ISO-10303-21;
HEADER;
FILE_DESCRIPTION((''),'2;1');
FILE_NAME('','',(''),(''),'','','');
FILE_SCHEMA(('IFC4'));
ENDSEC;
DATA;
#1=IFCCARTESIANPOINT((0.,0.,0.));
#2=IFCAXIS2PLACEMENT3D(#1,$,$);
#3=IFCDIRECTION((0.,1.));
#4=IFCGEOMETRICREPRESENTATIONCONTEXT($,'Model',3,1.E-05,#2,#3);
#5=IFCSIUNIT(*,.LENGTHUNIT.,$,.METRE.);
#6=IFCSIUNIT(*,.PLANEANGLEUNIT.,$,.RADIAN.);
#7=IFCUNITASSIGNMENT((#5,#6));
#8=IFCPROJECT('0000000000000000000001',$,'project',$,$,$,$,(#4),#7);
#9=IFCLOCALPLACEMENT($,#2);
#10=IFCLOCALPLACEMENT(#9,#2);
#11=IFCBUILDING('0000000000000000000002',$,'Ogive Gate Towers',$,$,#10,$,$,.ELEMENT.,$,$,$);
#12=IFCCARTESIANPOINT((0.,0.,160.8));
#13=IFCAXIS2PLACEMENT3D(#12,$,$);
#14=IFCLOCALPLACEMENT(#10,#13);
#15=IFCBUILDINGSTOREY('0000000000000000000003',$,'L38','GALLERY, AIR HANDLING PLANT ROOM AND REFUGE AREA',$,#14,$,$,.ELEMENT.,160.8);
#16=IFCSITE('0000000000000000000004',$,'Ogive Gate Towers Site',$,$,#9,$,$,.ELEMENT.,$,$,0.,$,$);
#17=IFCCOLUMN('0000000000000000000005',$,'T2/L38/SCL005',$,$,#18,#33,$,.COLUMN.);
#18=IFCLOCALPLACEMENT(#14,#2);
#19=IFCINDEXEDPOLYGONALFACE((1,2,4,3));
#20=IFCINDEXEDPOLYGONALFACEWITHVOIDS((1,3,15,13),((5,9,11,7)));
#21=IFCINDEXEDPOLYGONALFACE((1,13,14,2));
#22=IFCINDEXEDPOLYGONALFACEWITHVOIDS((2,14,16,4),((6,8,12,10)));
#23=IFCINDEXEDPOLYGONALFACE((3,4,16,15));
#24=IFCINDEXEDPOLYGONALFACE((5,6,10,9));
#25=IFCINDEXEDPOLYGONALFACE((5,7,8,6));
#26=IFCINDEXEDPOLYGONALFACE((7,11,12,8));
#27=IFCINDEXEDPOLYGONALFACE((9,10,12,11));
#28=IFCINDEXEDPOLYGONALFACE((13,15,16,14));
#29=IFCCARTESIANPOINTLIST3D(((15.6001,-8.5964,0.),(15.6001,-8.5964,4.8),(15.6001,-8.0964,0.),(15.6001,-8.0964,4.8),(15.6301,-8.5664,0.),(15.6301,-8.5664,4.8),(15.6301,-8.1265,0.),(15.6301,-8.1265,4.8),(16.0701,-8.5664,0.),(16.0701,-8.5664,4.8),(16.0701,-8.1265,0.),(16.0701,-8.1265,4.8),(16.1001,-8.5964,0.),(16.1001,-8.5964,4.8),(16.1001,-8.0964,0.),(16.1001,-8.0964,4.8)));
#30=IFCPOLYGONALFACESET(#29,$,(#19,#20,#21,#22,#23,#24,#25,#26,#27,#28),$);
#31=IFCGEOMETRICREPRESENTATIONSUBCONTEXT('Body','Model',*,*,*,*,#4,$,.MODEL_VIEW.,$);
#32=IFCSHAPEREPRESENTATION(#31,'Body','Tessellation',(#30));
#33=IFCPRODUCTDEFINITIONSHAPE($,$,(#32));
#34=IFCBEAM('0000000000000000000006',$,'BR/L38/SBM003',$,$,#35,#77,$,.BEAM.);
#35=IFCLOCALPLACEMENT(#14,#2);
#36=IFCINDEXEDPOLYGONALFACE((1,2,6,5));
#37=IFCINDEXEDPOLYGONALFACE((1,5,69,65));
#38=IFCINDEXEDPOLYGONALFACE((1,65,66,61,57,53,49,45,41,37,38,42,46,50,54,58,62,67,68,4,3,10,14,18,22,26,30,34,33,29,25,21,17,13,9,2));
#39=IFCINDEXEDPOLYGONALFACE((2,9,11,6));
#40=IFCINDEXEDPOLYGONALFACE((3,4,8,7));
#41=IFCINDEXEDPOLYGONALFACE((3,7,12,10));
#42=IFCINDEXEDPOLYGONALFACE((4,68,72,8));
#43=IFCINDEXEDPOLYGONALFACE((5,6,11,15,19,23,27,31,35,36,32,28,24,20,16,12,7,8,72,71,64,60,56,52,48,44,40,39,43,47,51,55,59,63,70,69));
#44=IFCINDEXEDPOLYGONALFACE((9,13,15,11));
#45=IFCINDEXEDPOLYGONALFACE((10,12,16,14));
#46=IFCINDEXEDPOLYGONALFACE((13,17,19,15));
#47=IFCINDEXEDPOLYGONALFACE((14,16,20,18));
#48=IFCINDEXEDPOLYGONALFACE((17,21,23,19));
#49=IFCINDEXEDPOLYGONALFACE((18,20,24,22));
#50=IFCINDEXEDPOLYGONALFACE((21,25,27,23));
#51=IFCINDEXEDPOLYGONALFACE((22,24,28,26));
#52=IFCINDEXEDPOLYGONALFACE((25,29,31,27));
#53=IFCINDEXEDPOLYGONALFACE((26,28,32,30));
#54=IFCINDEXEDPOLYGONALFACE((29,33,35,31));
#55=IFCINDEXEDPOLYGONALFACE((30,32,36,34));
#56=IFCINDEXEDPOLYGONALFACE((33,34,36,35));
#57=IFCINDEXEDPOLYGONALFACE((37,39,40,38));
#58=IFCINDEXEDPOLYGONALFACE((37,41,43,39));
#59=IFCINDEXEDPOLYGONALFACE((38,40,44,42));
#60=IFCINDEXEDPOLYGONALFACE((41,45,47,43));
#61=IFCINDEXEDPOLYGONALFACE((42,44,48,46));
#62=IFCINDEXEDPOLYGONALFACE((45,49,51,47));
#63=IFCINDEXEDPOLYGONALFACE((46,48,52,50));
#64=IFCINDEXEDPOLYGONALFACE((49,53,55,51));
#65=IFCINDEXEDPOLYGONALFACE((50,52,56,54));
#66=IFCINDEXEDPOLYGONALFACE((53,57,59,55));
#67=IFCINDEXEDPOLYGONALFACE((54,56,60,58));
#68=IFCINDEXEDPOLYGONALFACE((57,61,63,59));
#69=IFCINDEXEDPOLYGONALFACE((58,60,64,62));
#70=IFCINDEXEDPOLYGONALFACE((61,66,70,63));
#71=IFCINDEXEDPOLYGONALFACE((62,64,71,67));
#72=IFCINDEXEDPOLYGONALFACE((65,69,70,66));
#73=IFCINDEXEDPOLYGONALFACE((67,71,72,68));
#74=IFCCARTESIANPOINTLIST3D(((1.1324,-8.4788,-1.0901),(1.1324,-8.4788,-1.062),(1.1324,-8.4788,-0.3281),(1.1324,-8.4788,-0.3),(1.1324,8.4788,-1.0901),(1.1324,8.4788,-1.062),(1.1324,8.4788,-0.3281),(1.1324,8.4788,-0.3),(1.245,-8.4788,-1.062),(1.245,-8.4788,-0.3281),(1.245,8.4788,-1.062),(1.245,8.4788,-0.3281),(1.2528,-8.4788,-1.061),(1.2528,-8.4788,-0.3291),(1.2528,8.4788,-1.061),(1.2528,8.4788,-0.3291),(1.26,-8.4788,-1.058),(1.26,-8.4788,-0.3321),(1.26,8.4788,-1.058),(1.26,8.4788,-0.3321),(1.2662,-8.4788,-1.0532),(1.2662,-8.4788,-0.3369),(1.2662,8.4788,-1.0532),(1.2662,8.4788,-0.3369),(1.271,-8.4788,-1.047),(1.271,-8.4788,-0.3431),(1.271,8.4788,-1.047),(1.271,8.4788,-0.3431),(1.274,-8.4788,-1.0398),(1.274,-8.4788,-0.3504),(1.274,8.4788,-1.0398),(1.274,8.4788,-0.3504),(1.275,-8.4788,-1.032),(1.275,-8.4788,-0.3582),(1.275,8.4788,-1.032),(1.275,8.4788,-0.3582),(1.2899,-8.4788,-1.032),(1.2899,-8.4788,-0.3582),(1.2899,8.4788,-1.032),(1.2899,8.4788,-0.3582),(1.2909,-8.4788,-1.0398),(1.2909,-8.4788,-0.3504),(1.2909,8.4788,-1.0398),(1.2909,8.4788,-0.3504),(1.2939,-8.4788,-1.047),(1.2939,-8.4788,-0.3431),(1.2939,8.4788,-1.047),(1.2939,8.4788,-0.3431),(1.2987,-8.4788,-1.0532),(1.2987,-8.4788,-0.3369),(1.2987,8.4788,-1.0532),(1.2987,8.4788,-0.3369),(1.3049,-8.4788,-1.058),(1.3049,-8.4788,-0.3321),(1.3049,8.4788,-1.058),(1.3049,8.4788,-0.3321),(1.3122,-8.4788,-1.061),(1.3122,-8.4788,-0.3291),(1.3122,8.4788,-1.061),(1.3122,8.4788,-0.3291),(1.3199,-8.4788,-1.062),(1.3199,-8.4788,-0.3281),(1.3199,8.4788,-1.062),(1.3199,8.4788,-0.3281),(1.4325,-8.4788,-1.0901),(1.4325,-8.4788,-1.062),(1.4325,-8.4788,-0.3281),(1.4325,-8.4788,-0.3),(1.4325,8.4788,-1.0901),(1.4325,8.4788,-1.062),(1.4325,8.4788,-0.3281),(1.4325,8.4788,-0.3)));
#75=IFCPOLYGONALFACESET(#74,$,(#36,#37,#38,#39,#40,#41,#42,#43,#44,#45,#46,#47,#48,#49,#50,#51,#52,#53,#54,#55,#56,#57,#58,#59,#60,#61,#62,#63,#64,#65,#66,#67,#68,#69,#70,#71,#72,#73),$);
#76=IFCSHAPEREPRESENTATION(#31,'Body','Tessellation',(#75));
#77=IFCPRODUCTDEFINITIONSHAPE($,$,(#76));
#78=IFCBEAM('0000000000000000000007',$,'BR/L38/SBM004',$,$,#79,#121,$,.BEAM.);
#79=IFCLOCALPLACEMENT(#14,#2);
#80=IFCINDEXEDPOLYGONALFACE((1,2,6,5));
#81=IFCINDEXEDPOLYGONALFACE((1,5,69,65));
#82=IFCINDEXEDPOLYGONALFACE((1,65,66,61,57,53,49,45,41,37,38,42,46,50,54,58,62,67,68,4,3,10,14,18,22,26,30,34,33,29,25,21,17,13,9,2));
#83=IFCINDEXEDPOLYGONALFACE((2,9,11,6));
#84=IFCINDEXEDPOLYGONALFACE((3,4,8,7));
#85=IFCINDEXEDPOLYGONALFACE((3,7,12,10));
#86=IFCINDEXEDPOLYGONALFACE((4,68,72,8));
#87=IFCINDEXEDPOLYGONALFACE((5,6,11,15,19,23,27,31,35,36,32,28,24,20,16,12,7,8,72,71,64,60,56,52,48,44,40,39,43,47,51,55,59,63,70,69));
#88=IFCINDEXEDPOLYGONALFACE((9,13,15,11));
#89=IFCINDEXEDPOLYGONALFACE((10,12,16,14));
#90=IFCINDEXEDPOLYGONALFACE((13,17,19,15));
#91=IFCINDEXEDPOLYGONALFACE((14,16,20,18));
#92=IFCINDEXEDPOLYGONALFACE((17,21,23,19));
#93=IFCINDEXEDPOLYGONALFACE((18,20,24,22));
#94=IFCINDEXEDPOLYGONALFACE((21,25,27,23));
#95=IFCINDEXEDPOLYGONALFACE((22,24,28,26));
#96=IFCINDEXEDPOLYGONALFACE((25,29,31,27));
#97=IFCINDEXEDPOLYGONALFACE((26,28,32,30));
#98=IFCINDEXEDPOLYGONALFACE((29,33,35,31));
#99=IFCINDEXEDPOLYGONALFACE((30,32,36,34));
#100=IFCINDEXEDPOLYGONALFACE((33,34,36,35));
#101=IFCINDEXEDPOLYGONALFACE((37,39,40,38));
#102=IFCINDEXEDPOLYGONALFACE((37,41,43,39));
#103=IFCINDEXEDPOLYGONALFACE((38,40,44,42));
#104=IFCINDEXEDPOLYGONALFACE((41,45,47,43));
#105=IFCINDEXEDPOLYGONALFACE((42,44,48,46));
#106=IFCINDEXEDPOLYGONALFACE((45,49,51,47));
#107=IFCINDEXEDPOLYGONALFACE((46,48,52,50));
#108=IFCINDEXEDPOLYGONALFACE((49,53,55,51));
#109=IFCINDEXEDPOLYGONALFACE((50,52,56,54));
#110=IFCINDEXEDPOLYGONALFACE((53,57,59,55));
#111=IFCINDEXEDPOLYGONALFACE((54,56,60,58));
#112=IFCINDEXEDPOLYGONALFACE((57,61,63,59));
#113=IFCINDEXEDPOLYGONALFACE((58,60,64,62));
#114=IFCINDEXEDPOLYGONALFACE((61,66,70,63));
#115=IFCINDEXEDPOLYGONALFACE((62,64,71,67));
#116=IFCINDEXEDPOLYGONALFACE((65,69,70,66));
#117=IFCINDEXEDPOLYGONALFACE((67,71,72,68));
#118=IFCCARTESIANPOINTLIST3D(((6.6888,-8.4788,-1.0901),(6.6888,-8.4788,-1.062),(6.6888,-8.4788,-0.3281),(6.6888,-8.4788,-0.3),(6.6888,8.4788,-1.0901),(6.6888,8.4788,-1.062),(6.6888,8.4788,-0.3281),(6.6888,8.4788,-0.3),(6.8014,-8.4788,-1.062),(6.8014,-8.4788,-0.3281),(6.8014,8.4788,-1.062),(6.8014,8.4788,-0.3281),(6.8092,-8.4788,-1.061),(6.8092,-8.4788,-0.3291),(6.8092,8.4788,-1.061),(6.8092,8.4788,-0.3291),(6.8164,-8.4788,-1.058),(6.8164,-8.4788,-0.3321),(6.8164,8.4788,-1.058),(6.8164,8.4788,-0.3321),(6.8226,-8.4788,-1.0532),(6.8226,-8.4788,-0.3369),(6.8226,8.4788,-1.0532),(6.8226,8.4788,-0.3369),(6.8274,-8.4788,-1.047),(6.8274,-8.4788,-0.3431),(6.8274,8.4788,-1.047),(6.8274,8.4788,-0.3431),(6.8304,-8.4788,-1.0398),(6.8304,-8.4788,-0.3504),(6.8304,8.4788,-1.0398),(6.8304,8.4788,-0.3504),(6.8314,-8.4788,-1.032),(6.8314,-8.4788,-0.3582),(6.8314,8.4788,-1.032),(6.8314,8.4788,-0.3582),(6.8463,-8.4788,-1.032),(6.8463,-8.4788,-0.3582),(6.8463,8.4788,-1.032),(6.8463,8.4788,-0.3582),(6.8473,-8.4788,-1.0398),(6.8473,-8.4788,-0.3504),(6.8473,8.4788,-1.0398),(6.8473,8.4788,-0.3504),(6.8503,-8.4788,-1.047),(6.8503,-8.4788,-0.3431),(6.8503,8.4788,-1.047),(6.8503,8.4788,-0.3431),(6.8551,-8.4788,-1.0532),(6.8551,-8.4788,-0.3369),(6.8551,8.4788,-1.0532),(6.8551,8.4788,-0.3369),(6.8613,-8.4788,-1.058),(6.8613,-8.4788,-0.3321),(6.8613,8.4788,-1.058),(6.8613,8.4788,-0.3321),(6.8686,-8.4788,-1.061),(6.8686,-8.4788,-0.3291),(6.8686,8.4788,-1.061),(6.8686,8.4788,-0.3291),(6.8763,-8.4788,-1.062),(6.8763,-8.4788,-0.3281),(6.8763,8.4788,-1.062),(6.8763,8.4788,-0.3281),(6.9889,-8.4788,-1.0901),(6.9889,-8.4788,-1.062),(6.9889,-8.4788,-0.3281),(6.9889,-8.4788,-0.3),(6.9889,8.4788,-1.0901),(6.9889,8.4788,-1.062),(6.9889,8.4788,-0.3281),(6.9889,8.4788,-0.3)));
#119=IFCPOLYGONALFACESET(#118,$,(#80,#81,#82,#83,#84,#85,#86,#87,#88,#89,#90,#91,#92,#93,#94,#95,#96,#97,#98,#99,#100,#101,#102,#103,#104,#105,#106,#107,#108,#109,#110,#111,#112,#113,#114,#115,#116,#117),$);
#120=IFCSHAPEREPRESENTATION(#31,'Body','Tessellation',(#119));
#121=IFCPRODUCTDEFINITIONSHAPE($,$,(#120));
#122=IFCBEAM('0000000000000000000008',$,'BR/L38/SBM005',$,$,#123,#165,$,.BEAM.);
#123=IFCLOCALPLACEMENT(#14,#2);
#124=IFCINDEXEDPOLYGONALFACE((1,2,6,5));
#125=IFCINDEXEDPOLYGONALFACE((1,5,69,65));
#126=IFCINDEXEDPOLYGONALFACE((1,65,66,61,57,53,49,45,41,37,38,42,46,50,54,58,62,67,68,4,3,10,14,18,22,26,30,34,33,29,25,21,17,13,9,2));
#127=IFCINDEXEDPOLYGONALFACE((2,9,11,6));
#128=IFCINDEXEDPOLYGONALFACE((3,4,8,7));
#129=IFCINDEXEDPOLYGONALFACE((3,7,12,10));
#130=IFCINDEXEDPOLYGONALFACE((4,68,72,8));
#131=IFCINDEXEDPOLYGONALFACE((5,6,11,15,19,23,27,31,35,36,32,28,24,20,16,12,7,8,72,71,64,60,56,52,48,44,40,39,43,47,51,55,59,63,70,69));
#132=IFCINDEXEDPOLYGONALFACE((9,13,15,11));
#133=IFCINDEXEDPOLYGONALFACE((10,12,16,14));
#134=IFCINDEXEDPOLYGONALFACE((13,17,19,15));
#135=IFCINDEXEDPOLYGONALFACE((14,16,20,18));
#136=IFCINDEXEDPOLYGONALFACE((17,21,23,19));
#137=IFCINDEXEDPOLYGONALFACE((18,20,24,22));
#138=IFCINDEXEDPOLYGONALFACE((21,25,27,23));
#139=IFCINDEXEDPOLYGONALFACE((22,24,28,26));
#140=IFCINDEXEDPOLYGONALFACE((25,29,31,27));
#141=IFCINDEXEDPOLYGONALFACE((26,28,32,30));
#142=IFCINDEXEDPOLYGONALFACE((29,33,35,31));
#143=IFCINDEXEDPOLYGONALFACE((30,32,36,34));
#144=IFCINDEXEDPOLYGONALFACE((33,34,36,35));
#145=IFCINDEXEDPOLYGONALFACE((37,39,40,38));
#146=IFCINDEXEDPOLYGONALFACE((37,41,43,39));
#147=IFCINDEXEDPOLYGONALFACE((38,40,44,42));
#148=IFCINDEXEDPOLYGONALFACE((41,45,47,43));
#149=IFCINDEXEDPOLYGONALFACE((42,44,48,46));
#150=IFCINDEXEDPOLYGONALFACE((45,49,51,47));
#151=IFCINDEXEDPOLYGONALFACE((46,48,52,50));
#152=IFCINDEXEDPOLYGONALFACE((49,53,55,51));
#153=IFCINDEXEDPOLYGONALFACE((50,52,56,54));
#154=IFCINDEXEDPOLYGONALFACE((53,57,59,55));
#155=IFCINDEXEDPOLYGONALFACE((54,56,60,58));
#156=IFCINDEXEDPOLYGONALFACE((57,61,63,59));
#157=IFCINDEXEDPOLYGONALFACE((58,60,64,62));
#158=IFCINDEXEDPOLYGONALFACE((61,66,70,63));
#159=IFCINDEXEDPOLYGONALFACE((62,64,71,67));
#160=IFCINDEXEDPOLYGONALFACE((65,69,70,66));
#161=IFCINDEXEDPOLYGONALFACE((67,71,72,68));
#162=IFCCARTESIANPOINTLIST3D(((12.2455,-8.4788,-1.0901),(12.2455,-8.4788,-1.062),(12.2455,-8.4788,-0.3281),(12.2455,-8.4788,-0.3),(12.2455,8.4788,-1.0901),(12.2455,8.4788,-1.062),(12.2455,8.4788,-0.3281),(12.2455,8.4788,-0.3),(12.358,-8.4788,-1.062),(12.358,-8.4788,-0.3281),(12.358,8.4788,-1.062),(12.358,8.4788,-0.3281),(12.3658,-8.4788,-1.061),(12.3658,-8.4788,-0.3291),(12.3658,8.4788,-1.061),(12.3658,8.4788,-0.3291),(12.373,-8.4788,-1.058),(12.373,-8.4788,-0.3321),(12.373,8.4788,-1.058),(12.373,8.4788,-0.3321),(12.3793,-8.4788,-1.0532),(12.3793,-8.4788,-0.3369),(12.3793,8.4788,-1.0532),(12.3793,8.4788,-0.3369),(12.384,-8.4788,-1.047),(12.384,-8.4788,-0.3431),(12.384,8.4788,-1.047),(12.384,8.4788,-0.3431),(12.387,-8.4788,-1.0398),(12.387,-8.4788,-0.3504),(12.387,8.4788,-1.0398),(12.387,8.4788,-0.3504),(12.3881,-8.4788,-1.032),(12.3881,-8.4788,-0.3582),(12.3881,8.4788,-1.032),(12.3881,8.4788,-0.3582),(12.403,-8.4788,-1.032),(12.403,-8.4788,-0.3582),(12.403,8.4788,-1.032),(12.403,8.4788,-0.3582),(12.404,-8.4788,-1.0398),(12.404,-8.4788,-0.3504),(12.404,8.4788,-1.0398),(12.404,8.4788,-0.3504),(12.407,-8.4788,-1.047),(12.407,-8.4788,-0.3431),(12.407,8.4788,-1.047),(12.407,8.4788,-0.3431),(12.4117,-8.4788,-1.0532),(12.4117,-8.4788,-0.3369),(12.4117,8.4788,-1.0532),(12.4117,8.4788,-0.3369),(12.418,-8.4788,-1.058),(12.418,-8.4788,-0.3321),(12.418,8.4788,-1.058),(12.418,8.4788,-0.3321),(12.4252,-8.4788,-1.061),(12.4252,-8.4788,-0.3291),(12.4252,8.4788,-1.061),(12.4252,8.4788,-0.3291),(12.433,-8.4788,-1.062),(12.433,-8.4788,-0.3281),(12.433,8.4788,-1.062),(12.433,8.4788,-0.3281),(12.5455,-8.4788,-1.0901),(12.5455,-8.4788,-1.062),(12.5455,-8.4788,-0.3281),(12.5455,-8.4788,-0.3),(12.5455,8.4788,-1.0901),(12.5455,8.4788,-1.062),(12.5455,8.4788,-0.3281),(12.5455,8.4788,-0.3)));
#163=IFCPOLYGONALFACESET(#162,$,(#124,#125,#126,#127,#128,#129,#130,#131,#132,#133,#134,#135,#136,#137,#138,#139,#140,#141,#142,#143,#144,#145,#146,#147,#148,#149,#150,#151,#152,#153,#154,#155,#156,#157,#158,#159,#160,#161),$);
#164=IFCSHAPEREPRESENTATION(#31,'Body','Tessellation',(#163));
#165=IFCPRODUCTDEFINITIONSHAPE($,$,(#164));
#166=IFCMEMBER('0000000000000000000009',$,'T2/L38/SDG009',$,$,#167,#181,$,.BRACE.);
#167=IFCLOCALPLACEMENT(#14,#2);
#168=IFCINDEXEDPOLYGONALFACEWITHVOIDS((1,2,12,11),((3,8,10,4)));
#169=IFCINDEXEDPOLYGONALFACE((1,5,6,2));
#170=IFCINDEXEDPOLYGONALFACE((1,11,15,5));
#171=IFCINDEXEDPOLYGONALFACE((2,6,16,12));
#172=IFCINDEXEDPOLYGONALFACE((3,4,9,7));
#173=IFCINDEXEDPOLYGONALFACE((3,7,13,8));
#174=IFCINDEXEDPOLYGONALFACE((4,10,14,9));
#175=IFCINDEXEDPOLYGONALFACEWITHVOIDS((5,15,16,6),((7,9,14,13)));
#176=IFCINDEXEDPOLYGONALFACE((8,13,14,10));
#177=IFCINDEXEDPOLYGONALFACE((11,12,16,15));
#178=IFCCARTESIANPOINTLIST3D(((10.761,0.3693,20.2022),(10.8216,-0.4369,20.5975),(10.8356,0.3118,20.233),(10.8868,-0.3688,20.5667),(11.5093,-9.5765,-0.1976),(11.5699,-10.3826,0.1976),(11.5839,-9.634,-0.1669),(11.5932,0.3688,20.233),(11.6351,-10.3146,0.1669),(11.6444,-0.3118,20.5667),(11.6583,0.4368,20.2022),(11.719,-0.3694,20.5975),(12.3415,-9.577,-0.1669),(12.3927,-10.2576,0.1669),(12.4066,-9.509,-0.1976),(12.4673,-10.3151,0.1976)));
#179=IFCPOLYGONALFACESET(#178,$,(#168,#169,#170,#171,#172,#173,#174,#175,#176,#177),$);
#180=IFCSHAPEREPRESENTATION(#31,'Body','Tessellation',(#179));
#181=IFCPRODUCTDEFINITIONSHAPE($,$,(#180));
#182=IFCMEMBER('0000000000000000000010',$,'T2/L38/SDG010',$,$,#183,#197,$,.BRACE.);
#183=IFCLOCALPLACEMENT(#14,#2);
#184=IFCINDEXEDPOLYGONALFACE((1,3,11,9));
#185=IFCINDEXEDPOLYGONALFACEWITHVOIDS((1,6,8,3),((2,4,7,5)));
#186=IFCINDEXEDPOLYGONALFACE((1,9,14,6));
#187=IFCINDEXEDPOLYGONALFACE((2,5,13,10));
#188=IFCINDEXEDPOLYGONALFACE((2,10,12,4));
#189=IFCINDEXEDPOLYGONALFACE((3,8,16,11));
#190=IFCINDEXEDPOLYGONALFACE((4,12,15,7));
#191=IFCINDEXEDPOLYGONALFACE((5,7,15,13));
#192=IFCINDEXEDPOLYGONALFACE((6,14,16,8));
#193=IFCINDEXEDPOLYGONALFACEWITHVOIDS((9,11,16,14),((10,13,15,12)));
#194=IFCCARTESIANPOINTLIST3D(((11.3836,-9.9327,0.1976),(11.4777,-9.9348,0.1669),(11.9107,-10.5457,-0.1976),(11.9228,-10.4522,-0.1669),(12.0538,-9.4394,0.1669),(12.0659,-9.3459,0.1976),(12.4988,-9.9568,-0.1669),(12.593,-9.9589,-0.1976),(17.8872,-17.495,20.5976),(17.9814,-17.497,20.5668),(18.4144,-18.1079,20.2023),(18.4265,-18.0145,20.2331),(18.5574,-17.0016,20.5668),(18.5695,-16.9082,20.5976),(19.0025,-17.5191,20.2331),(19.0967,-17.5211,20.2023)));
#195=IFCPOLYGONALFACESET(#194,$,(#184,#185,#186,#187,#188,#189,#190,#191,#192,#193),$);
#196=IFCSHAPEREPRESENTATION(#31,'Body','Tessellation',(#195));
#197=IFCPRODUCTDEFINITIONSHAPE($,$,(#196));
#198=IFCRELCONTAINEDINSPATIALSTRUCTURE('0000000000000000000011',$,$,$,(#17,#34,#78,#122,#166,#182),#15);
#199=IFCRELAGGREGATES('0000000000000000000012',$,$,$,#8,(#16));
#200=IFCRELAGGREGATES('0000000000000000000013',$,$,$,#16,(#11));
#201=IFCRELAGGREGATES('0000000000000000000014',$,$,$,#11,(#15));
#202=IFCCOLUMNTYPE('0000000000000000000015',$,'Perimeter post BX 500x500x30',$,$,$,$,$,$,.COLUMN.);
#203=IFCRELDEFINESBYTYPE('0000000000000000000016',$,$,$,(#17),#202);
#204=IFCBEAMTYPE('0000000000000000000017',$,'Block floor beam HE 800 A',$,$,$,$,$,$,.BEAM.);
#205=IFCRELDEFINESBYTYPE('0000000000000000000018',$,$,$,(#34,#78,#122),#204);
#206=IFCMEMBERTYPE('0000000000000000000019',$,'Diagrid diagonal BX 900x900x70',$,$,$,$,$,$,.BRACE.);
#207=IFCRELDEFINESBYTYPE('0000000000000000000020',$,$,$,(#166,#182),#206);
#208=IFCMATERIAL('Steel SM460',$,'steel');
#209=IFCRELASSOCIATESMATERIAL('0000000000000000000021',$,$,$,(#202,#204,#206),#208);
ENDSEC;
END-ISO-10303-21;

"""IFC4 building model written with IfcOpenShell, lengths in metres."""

from ifc_helpers import new_model, si_unit, direction, frame, origin, origin_2d, place, context, subcontext, project, spatial, hollow_rectangle, i_section, extrude, material, material_profile, profile_set, type_object, element, save


model = new_model("IFC4")

# Units and contexts
model_context = context("Model", 3, precision=1e-05, world=origin(), true_north=direction((0.0, 1.0)))
body_context = subcontext(model_context, "Body", "Model", "MODEL_VIEW")
ifc_project = project(units=[si_unit("LENGTHUNIT", "METRE"), si_unit("PLANEANGLEUNIT", "RADIAN")], contexts=[model_context])

# Site, building, storey
site_placement = place(None, origin())
site = spatial("IfcSite", under=ifc_project, at=site_placement, Name="Ogive Gate Towers Site", CompositionType="ELEMENT", RefElevation=0.0)
building_placement = place(site_placement, origin())
building = spatial("IfcBuilding", under=site, at=building_placement, Name="Ogive Gate Towers", CompositionType="ELEMENT")
storey_placement = place(building_placement, frame((0.0, 0.0, 160.8)))
storey = spatial("IfcBuildingStorey", under=building, at=storey_placement, Name="L38", Description="GALLERY, AIR HANDLING PLANT ROOM AND REFUGE AREA", CompositionType="ELEMENT", Elevation=160.8)

# Column
ifc_material_1 = material(Name="Steel SM460", Category="steel")
ifc_material_profile_1 = material_profile(ifc_material_1, hollow_rectangle(XDim=0.5, YDim=0.5, WallThickness=0.03, at=origin_2d()), Name="BX 500x500x30")
ifc_profile_set_1 = profile_set([ifc_material_profile_1], Name="Steel SM460")
column_type = type_object("IfcColumnType", Name="Perimeter post BX 500x500x30", PredefinedType="COLUMN", material=ifc_profile_set_1)
column_placement = place(storey_placement, frame((15.8501, -8.3464, 0.0), z_axis=(0.0, 0.0, 1.0), x_axis=(1.0, 0.0, 0.0)))
element("IfcColumn", 1, at=column_placement, inside=storey, type_object=column_type, Name="T2/L38/SCL005", PredefinedType="COLUMN", context=body_context, shape_type="SweptSolid", body=[
    extrude(hollow_rectangle(XDim=0.5, YDim=0.5, WallThickness=0.03, at=origin_2d()), origin(), (0.0, 0.0, 1.0), 4.8),
])

# Beams
ifc_material_profile_2 = material_profile(ifc_material_1, i_section(OverallWidth=0.3, OverallDepth=0.79, WebThickness=0.0149, FlangeThickness=0.0281, FilletRadius=0.03, at=origin_2d()), Name="HE 800 A")
ifc_profile_set_2 = profile_set([ifc_material_profile_2], Name="Steel SM460")
beam_type_1 = type_object("IfcBeamType", Name="Block floor beam HE 800 A", PredefinedType="BEAM", material=ifc_profile_set_2)
for number, where, z_axis, x_axis, name in (
    (2, (1.2825, -8.4788, -0.6951), (0.0, 1.0, 0.0), (-1.0, 0.0, 0.0), "BR/L38/SBM003"),
    (3, (6.8389, -8.4788, -0.6951), (0.0, 1.0, 0.0), (-1.0, 0.0, 0.0), "BR/L38/SBM004"),
    (4, (12.3955, -8.4788, -0.6951), (0.0, 1.0, 0.0), (-1.0, 0.0, 0.0), "BR/L38/SBM005"),
):
    element("IfcBeam", number, at=place(storey_placement, frame(where, z_axis=z_axis, x_axis=x_axis)), inside=storey, type_object=beam_type_1, Name=name, PredefinedType="BEAM", context=body_context, shape_type="SweptSolid", body=[
        extrude(i_section(OverallWidth=0.3, OverallDepth=0.79, WebThickness=0.0149, FlangeThickness=0.0281, FilletRadius=0.03, at=origin_2d()), origin(), (0.0, 0.0, 1.0), 16.9575),
    ])

# Members
ifc_material_profile_3 = material_profile(ifc_material_1, hollow_rectangle(XDim=0.8999, YDim=0.8999, WallThickness=0.0701, at=origin_2d()), Name="BX 900x900x70")
ifc_profile_set_3 = profile_set([ifc_material_profile_3], Name="Steel SM460")
member_type_1 = type_object("IfcMemberType", Name="Diagrid diagonal BX 900x900x70", PredefinedType="BRACE", material=ifc_profile_set_3)
member_1_placement = place(storey_placement, frame((11.9883, -9.9458, 0.0), z_axis=(-0.032953, 0.437994, 0.898374), x_axis=(-0.997182, -0.075025, 0.0)))
element("IfcMember", 5, at=member_1_placement, inside=storey, type_object=member_type_1, Name="T2/L38/SDG009", PredefinedType="BRACE", context=body_context, shape_type="SweptSolid", body=[
    extrude(hollow_rectangle(XDim=0.8999, YDim=0.8999, WallThickness=0.0701, at=origin_2d()), origin(), (0.0, 0.0, 1.0), 22.7075),
])
member_2_placement = place(storey_placement, frame((11.9883, -9.9458, 0.0), z_axis=(0.286407, -0.333026, 0.898368), x_axis=(0.758179, 0.652046, 0.0)))
element("IfcMember", 6, at=member_2_placement, inside=storey, type_object=member_type_1, Name="T2/L38/SDG010", PredefinedType="BRACE", context=body_context, shape_type="SweptSolid", body=[
    extrude(hollow_rectangle(XDim=0.8999, YDim=0.8999, WallThickness=0.0701, at=origin_2d()), origin(), (0.0, 0.0, 1.0), 22.7078),
])

save(model, "model.ifc")
